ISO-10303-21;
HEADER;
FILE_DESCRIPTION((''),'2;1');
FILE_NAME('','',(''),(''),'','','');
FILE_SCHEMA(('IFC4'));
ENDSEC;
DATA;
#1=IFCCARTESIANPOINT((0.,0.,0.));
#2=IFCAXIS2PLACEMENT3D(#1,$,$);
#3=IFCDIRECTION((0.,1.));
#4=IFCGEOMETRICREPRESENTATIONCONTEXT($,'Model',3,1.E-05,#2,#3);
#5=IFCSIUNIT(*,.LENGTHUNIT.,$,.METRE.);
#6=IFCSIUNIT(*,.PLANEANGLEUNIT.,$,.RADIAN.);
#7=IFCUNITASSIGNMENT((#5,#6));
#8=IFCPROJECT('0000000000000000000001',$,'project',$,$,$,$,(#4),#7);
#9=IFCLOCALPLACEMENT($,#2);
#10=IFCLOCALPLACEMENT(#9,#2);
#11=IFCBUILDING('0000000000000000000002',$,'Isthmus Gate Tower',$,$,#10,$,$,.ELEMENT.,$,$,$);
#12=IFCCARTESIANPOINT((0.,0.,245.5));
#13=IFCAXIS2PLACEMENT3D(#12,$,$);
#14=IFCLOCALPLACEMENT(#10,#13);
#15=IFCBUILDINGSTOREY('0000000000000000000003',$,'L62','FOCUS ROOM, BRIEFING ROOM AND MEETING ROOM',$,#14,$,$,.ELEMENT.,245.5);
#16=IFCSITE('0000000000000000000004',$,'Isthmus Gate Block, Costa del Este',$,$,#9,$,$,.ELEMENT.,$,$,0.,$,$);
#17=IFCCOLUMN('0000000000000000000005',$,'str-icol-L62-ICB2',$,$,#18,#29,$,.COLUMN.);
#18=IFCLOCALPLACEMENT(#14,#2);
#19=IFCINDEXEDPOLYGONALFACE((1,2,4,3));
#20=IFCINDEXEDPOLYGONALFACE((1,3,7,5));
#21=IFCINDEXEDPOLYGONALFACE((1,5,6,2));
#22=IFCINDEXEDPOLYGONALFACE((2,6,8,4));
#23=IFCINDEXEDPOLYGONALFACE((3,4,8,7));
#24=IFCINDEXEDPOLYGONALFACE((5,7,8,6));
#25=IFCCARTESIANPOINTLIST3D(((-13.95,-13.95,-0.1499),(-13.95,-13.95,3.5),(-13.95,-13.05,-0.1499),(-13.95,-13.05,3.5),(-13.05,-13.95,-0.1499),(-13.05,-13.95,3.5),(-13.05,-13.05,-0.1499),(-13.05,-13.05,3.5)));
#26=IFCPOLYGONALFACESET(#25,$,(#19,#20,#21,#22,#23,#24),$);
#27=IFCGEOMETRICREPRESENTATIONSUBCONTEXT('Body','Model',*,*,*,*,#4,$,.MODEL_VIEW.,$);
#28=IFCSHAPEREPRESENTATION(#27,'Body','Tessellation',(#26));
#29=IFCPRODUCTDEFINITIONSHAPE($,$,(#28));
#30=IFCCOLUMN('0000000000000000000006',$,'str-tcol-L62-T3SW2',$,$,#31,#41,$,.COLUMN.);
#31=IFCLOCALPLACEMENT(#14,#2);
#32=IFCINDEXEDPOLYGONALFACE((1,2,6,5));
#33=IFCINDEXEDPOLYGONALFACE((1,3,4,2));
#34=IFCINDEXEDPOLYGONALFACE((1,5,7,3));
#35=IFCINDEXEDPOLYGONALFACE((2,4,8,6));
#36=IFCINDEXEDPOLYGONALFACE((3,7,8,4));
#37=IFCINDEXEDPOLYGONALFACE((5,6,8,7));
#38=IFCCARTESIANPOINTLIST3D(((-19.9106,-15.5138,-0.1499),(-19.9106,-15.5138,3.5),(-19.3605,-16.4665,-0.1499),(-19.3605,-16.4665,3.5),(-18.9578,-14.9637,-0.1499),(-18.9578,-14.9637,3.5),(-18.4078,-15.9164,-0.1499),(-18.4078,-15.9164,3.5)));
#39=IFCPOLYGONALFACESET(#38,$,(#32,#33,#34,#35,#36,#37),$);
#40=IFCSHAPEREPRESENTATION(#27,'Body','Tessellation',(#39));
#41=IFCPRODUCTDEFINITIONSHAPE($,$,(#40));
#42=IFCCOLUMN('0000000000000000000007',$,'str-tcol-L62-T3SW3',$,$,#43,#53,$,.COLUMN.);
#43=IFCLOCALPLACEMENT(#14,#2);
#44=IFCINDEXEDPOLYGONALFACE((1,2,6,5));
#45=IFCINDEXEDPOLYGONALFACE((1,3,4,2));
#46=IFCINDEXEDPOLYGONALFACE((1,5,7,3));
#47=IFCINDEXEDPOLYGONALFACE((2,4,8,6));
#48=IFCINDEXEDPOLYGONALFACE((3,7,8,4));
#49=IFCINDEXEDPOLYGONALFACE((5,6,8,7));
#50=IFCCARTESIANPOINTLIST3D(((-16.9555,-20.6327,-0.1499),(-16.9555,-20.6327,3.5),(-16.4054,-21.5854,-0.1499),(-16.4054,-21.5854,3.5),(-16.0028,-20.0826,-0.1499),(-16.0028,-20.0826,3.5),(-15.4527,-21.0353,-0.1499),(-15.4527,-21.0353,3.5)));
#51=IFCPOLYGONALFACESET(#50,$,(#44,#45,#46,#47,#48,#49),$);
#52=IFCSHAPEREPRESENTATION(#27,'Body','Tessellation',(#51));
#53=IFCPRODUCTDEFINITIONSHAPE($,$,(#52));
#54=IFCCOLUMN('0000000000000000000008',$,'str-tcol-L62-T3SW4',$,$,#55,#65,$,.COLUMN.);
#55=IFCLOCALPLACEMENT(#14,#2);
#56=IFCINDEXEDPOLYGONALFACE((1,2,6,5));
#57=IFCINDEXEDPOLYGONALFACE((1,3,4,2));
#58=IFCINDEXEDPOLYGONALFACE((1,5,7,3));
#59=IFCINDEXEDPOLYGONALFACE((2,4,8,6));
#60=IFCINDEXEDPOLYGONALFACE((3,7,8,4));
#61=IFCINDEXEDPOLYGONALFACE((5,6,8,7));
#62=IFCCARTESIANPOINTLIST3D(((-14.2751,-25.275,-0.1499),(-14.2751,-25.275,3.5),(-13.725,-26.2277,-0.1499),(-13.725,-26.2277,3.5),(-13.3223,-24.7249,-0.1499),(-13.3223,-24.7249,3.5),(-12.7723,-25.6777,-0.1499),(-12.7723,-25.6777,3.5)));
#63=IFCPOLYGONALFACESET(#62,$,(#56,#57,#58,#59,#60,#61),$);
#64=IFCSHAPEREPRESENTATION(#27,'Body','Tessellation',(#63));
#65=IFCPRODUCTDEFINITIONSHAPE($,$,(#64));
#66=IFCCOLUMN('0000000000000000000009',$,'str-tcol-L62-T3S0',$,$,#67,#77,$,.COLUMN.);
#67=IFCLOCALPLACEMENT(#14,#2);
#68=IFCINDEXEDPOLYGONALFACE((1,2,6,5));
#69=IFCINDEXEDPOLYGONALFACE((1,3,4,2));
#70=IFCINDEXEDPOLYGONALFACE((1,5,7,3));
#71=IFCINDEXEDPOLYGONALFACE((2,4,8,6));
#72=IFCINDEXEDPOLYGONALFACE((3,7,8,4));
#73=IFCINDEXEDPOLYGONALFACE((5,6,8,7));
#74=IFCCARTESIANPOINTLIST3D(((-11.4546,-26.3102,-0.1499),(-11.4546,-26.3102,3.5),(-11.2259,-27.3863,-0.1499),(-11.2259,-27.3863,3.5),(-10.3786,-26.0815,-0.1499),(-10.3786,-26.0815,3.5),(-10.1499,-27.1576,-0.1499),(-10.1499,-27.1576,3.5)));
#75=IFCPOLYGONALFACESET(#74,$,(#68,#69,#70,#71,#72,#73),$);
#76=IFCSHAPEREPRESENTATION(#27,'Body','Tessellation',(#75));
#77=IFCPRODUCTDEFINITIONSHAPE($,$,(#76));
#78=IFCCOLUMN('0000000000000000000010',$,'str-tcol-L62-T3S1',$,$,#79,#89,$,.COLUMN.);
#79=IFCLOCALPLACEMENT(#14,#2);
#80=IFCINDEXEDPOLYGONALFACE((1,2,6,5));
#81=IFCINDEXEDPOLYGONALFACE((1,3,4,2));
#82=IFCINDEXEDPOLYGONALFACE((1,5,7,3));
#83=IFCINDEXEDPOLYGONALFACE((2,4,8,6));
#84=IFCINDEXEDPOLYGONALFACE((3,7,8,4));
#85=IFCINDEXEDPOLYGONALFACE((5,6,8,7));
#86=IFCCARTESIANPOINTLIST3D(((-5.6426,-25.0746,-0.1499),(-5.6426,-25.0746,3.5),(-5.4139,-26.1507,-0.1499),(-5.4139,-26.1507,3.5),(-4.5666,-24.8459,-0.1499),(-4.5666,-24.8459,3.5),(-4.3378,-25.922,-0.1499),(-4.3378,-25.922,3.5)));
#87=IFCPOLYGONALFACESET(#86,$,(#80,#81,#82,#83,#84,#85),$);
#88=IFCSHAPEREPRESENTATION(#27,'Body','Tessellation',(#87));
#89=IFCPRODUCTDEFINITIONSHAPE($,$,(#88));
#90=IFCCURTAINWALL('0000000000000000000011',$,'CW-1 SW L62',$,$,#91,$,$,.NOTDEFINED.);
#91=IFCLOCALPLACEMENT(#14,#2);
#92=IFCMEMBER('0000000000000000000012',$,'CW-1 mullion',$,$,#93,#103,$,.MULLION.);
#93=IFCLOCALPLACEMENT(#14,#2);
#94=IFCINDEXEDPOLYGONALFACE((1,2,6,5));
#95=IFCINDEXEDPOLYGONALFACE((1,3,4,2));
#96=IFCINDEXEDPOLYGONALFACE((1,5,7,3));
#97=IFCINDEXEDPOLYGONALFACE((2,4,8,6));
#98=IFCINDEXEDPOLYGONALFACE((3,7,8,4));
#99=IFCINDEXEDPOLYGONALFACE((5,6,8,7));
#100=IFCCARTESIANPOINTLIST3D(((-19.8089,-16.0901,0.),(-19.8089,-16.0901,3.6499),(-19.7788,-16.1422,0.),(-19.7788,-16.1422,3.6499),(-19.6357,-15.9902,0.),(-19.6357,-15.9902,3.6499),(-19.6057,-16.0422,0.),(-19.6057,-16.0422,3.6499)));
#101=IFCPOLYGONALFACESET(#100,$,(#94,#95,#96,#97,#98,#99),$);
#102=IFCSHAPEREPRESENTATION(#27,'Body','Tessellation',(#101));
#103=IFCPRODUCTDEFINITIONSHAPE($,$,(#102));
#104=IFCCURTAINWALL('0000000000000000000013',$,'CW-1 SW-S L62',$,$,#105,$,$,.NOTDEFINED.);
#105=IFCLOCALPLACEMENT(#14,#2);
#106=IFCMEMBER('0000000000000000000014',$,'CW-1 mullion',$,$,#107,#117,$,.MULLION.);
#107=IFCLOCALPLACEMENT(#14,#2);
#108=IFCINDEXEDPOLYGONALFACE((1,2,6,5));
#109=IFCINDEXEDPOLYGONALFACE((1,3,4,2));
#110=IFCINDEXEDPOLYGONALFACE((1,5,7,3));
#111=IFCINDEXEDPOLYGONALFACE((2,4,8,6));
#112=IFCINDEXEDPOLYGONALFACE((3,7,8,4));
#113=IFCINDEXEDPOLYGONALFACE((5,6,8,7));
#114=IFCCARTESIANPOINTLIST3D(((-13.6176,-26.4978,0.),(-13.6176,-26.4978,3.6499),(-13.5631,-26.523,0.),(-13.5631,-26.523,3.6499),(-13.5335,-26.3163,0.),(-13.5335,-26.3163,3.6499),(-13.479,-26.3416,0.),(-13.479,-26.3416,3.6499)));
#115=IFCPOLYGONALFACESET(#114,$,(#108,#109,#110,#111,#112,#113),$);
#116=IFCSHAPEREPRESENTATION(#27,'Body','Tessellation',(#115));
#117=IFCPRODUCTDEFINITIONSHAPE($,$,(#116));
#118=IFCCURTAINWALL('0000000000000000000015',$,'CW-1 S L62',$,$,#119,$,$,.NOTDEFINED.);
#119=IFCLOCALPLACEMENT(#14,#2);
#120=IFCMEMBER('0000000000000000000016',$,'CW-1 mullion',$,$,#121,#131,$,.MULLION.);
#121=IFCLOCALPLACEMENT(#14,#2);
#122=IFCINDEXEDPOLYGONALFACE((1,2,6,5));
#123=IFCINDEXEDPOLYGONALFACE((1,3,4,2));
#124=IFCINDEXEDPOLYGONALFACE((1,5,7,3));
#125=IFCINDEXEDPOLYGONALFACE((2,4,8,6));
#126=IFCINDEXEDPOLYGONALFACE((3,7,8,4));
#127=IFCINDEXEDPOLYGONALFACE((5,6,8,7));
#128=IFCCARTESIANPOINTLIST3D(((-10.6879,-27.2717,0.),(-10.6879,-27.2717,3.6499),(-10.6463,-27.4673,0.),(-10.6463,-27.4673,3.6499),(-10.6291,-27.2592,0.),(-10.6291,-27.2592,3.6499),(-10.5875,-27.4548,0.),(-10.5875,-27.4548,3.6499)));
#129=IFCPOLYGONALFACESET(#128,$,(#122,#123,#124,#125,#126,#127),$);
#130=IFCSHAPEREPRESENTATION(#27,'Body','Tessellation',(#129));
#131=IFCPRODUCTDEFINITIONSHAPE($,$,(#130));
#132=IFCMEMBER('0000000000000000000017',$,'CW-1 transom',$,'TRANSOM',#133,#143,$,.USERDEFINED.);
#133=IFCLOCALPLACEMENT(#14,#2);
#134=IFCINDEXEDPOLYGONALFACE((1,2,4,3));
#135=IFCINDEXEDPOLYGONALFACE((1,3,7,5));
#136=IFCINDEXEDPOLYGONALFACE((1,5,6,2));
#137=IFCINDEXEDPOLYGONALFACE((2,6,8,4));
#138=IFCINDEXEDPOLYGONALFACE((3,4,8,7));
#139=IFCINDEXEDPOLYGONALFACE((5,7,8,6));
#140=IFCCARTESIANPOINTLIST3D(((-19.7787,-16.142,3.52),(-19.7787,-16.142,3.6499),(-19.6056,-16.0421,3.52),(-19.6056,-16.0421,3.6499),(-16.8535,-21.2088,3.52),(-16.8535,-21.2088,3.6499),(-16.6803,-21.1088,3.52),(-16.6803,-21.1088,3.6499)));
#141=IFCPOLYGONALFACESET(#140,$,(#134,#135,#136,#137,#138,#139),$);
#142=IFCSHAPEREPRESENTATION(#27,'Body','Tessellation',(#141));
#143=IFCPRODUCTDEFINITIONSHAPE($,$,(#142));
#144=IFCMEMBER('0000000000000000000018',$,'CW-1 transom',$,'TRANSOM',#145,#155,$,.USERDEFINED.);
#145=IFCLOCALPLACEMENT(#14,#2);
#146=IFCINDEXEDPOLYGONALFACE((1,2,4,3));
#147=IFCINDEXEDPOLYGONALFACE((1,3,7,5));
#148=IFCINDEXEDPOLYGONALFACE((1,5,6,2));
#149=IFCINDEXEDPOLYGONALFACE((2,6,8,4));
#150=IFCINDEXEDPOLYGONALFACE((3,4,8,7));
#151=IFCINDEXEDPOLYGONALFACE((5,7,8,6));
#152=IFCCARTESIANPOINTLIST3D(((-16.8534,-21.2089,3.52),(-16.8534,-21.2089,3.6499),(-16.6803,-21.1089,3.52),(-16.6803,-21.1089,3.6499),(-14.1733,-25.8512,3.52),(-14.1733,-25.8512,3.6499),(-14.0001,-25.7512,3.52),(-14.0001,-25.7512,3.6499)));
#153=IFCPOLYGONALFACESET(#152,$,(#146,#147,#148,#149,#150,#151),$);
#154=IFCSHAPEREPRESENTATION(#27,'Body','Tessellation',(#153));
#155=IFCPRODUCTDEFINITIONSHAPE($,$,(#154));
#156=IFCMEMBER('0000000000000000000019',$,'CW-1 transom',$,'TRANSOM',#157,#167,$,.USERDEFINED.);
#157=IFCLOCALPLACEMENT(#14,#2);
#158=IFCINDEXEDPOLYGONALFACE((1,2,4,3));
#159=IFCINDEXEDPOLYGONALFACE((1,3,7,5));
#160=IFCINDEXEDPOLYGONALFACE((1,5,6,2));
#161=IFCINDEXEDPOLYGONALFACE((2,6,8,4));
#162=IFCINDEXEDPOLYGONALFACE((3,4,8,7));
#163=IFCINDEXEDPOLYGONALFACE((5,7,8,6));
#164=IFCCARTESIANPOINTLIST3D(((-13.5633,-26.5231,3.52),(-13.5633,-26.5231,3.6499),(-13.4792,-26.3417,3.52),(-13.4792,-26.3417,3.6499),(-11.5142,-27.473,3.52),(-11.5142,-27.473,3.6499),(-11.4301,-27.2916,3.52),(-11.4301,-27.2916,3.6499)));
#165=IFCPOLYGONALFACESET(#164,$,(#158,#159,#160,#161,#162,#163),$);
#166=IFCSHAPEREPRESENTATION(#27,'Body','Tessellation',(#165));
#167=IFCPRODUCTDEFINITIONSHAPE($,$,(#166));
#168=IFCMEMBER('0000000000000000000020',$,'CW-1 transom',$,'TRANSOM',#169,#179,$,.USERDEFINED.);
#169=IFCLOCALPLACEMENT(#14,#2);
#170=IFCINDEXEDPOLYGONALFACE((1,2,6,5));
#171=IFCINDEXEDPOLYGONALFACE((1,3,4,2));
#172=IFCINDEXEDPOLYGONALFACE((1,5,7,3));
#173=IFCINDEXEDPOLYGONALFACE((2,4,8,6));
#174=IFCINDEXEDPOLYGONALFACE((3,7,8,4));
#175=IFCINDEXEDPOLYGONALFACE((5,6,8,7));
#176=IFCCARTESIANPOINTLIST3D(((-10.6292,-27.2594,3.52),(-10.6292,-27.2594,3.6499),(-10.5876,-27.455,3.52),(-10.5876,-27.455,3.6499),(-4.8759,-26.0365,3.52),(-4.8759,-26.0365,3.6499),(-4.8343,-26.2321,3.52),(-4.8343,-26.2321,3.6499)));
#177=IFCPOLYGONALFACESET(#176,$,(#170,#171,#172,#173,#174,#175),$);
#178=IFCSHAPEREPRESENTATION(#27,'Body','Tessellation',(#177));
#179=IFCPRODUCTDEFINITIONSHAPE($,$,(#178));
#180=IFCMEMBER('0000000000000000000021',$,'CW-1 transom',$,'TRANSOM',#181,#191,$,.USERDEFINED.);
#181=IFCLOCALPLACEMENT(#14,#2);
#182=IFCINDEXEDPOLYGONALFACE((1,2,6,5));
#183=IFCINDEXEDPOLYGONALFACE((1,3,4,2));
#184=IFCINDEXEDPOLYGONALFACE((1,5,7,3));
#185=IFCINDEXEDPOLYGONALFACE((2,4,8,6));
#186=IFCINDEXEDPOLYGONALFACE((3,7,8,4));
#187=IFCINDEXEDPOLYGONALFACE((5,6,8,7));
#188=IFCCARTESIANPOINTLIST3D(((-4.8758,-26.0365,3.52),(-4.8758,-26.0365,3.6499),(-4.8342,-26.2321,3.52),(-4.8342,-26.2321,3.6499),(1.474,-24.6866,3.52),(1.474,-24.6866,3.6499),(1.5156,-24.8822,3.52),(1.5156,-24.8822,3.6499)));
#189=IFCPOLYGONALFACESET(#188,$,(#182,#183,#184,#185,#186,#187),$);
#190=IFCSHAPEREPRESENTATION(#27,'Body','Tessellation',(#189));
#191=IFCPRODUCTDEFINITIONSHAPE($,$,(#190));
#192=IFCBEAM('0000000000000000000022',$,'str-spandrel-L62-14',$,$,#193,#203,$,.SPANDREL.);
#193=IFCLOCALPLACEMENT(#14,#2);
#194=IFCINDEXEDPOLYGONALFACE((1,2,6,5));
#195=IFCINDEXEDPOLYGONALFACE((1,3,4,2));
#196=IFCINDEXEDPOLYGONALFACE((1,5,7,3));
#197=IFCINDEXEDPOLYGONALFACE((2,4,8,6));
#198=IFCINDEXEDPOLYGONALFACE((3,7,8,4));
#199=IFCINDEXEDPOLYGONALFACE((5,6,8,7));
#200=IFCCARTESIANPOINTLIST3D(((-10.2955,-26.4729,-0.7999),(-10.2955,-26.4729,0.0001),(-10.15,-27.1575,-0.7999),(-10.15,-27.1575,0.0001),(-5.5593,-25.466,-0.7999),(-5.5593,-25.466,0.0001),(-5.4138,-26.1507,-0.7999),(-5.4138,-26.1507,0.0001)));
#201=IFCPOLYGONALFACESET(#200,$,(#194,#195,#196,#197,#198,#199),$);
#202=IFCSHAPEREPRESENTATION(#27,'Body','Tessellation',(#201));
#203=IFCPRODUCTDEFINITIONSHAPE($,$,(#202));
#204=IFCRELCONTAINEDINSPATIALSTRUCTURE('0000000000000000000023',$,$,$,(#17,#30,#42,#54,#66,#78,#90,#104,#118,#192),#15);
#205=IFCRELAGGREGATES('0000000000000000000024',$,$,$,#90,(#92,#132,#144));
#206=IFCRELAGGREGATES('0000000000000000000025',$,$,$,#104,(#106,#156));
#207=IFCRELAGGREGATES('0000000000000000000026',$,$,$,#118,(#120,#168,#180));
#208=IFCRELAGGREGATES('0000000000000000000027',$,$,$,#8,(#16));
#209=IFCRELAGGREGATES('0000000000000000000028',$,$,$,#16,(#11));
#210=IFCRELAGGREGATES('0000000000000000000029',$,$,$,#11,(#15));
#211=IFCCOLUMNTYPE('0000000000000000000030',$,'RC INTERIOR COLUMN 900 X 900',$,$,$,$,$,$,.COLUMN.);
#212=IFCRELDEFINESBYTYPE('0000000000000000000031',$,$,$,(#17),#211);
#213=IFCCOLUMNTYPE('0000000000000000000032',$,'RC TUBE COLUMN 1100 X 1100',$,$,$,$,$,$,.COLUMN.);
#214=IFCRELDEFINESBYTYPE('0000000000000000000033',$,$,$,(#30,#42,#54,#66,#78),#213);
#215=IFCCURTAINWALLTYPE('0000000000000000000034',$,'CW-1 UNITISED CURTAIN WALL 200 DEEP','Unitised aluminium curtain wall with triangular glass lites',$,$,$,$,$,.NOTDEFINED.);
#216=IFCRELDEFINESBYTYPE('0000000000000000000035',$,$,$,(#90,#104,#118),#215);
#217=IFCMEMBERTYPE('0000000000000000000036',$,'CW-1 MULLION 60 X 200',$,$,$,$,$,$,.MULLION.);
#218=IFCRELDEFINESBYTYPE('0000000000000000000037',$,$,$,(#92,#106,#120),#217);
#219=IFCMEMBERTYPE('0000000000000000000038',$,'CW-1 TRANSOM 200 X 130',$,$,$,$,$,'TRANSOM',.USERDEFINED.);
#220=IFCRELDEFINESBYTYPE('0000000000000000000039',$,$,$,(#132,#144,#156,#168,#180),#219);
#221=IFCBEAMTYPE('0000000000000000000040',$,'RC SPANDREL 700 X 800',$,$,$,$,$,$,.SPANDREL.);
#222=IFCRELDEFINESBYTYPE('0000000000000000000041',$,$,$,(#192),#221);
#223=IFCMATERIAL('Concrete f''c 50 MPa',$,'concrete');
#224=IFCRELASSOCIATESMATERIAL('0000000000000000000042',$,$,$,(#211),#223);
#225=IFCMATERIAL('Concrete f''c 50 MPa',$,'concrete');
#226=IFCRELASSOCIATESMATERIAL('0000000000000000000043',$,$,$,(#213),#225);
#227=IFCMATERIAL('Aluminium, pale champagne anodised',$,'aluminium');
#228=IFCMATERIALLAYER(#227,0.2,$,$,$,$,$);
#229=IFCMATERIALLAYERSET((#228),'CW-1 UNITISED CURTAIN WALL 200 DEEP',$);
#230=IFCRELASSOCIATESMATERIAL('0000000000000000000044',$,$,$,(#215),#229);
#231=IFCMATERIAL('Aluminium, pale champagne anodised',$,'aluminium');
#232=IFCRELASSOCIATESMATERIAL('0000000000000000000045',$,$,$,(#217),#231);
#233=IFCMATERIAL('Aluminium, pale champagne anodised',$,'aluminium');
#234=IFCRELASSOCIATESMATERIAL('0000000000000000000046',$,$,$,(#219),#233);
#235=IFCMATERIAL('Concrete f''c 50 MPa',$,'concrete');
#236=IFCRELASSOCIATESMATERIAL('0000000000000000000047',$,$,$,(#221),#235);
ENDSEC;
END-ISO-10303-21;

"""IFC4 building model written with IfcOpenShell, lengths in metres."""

from ifc_helpers import new_model, si_unit, direction, frame, origin, origin_2d, place, context, subcontext, project, spatial, rectangle, extrude, material, layer, layer_set, material_profile, profile_set, type_object, element, aggregate, save


model = new_model("IFC4")

# Units and contexts
model_context = context("Model", 3, precision=1e-05, world=origin(), true_north=direction((0.0, 1.0)))
body_context = subcontext(model_context, "Body", "Model", "MODEL_VIEW")
ifc_project = project(units=[si_unit("LENGTHUNIT", "METRE"), si_unit("PLANEANGLEUNIT", "RADIAN")], contexts=[model_context])

# Site, building, storey
site_placement = place(None, origin())
site = spatial("IfcSite", under=ifc_project, at=site_placement, Name="Isthmus Gate Block, Costa del Este", CompositionType="ELEMENT", RefElevation=0.0)
building_placement = place(site_placement, origin())
building = spatial("IfcBuilding", under=site, at=building_placement, Name="Isthmus Gate Tower", CompositionType="ELEMENT")
storey_placement = place(building_placement, frame((0.0, 0.0, 245.5)))
storey = spatial("IfcBuildingStorey", under=building, at=storey_placement, Name="L62", Description="FOCUS ROOM, BRIEFING ROOM AND MEETING ROOM", CompositionType="ELEMENT", Elevation=245.5)

# Columns
ifc_material_1 = material(Name="Concrete f'c 50 MPa", Category="concrete")
ifc_material_profile_1 = material_profile(ifc_material_1, rectangle(XDim=0.8999, YDim=0.8999, at=origin_2d()), Name="RC 900X900")
ifc_profile_set_1 = profile_set([ifc_material_profile_1], Name="Concrete f'c 50 MPa")
column_type_1 = type_object("IfcColumnType", Name="RC INTERIOR COLUMN 900 X 900", PredefinedType="COLUMN", material=ifc_profile_set_1)
column_placement = place(storey_placement, frame((-13.5, -13.5, -0.1499), z_axis=(0.0, 0.0, 1.0), x_axis=(1.0, 0.0, 0.0)))
element("IfcColumn", 1, at=column_placement, inside=storey, type_object=column_type_1, Name="str-icol-L62-ICB2", PredefinedType="COLUMN", context=body_context, shape_type="SweptSolid", body=[
    extrude(rectangle(XDim=0.8999, YDim=0.8999, at=origin_2d()), origin(), (0.0, 0.0, 1.0), 3.6499),
])
ifc_material_2 = material(Name="Concrete f'c 50 MPa", Category="concrete")
ifc_material_profile_2 = material_profile(ifc_material_2, rectangle(XDim=1.1001, YDim=1.1001, at=origin_2d()), Name="RC 1100X1100")
ifc_profile_set_2 = profile_set([ifc_material_profile_2], Name="Concrete f'c 50 MPa")
column_type_2 = type_object("IfcColumnType", Name="RC TUBE COLUMN 1100 X 1100", PredefinedType="COLUMN", material=ifc_profile_set_2)
for number, where, z_axis, x_axis, name in (
    (2, (-19.1592, -15.7151, -0.1499), (0.0, 0.0, 1.0), (0.5, -0.866025, 0.0), "str-tcol-L62-T3SW2"),
    (3, (-16.2041, -20.834, -0.1499), (0.0, 0.0, 1.0), (0.5, -0.866025, 0.0), "str-tcol-L62-T3SW3"),
    (4, (-13.5237, -25.4763, -0.1499), (0.0, 0.0, 1.0), (0.5, -0.866025, 0.0), "str-tcol-L62-T3SW4"),
    (5, (-10.8022, -26.7339, -0.1499), (0.0, 0.0, 1.0), (0.978148, 0.207912, 0.0), "str-tcol-L62-T3S0"),
    (6, (-4.9902, -25.4983, -0.1499), (0.0, 0.0, 1.0), (0.978148, 0.207912, 0.0), "str-tcol-L62-T3S1"),
):
    element("IfcColumn", number, at=place(storey_placement, frame(where, z_axis=z_axis, x_axis=x_axis)), inside=storey, type_object=column_type_2, Name=name, PredefinedType="COLUMN", context=body_context, shape_type="SweptSolid", body=[
        extrude(rectangle(XDim=1.1001, YDim=1.1001, at=origin_2d()), origin(), (0.0, 0.0, 1.0), 3.6499),
    ])

# Curtain walls, members
ifc_material_3 = material(Name="Aluminium, pale champagne anodised", Category="aluminium")
ifc_layer_1 = layer(ifc_material_3, 0.2)
ifc_layer_set_1 = layer_set([ifc_layer_1], Name="CW-1 UNITISED CURTAIN WALL 200 DEEP")
curtain_wall_type = type_object("IfcCurtainWallType", Name="CW-1 UNITISED CURTAIN WALL 200 DEEP", Description="Unitised aluminium curtain wall with triangular glass lites", PredefinedType="NOTDEFINED", material=ifc_layer_set_1)
curtain_wall_1_placement = place(storey_placement, origin())
curtain_wall_1 = element("IfcCurtainWall", 7, at=curtain_wall_1_placement, inside=storey, type_object=curtain_wall_type, Name="CW-1 SW L62", PredefinedType="NOTDEFINED")
ifc_material_4 = material(Name="Aluminium, pale champagne anodised", Category="aluminium")
ifc_material_profile_3 = material_profile(ifc_material_4, rectangle(XDim=0.0601, YDim=0.2, at=origin_2d()), Name="60x200")
ifc_profile_set_3 = profile_set([ifc_material_profile_3], Name="Aluminium, pale champagne anodised")
member_type_1 = type_object("IfcMemberType", Name="CW-1 MULLION 60 X 200", PredefinedType="MULLION", material=ifc_profile_set_3)
member_1_placement = place(storey_placement, frame((-19.7073, -16.0662, 0.0), z_axis=(0.0, 0.0, 1.0), x_axis=(0.5, -0.866025, 0.0)))
member_1 = element("IfcMember", 8, at=member_1_placement, type_object=member_type_1, Name="CW-1 mullion", PredefinedType="MULLION", context=body_context, shape_type="SweptSolid", body=[
    extrude(rectangle(XDim=0.0601, YDim=0.2, at=origin_2d()), origin(), (0.0, 0.0, 1.0), 3.6499),
])
curtain_wall_2_placement = place(storey_placement, origin())
curtain_wall_2 = element("IfcCurtainWall", 9, at=curtain_wall_2_placement, inside=storey, type_object=curtain_wall_type, Name="CW-1 SW-S L62", PredefinedType="NOTDEFINED")
member_2_placement = place(storey_placement, frame((-13.5483, -26.4197, 0.0), z_axis=(0.0, 0.0, 1.0), x_axis=(0.907256, -0.420578, 0.0)))
member_2 = element("IfcMember", 10, at=member_2_placement, type_object=member_type_1, Name="CW-1 mullion", PredefinedType="MULLION", context=body_context, shape_type="SweptSolid", body=[
    extrude(rectangle(XDim=0.0601, YDim=0.2, at=origin_2d()), origin(), (0.0, 0.0, 1.0), 3.6499),
])
curtain_wall_3_placement = place(storey_placement, origin())
curtain_wall_3 = element("IfcCurtainWall", 11, at=curtain_wall_3_placement, inside=storey, type_object=curtain_wall_type, Name="CW-1 S L62", PredefinedType="NOTDEFINED")
member_3_placement = place(storey_placement, frame((-10.6377, -27.3633, 0.0), z_axis=(0.0, 0.0, 1.0), x_axis=(0.978148, 0.207912, 0.0)))
member_3 = element("IfcMember", 12, at=member_3_placement, type_object=member_type_1, Name="CW-1 mullion", PredefinedType="MULLION", context=body_context, shape_type="SweptSolid", body=[
    extrude(rectangle(XDim=0.0601, YDim=0.2, at=origin_2d()), origin(), (0.0, 0.0, 1.0), 3.6499),
])

# Members
ifc_material_5 = material(Name="Aluminium, pale champagne anodised", Category="aluminium")
ifc_material_profile_4 = material_profile(ifc_material_5, rectangle(XDim=0.2, YDim=0.1299, at=origin_2d()), Name="200x130")
ifc_profile_set_4 = profile_set([ifc_material_profile_4], Name="Aluminium, pale champagne anodised")
member_type_2 = type_object("IfcMemberType", Name="CW-1 TRANSOM 200 X 130", ElementType="TRANSOM", PredefinedType="USERDEFINED", material=ifc_profile_set_4)
member_4_placement = place(storey_placement, frame((-19.6921, -16.092, 3.585), z_axis=(0.49999, -0.866031, 0.0), x_axis=(0.866031, 0.49999, 0.0)))
member_4 = element("IfcMember", 13, at=member_4_placement, type_object=member_type_2, Name="CW-1 transom", ObjectType="TRANSOM", PredefinedType="USERDEFINED", context=body_context, shape_type="SweptSolid", body=[
    extrude(rectangle(XDim=0.2, YDim=0.1299, at=origin_2d()), origin(), (0.0, 0.0, 1.0), 5.8506),
])
member_5_placement = place(storey_placement, frame((-16.7668, -21.1589, 3.585), z_axis=(0.499989, -0.866032, 0.0), x_axis=(0.866032, 0.499989, 0.0)))
member_5 = element("IfcMember", 14, at=member_5_placement, type_object=member_type_2, Name="CW-1 transom", ObjectType="TRANSOM", PredefinedType="USERDEFINED", context=body_context, shape_type="SweptSolid", body=[
    extrude(rectangle(XDim=0.2, YDim=0.1299, at=origin_2d()), origin(), (0.0, 0.0, 1.0), 5.3604),
])
member_6_placement = place(storey_placement, frame((-13.5212, -26.4324, 3.585), z_axis=(0.907246, -0.4206, 0.0), x_axis=(0.4206, 0.907246, 0.0)))
member_6 = element("IfcMember", 15, at=member_6_placement, type_object=member_type_2, Name="CW-1 transom", ObjectType="TRANSOM", PredefinedType="USERDEFINED", context=body_context, shape_type="SweptSolid", body=[
    extrude(rectangle(XDim=0.2, YDim=0.1299, at=origin_2d()), origin(), (0.0, 0.0, 1.0), 2.2585),
])
member_7_placement = place(storey_placement, frame((-10.6084, -27.3572, 3.585), z_axis=(0.978149, 0.207907, 0.0), x_axis=(-0.207907, 0.978149, 0.0)))
member_7 = element("IfcMember", 16, at=member_7_placement, type_object=member_type_2, Name="CW-1 transom", ObjectType="TRANSOM", PredefinedType="USERDEFINED", context=body_context, shape_type="SweptSolid", body=[
    extrude(rectangle(XDim=0.2, YDim=0.1299, at=origin_2d()), origin(), (0.0, 0.0, 1.0), 5.8818),
])
member_8_placement = place(storey_placement, frame((-4.855, -26.1343, 3.585), z_axis=(0.978143, 0.207934, 0.0), x_axis=(-0.207934, 0.978143, 0.0)))
member_8 = element("IfcMember", 17, at=member_8_placement, type_object=member_type_2, Name="CW-1 transom", ObjectType="TRANSOM", PredefinedType="USERDEFINED", context=body_context, shape_type="SweptSolid", body=[
    extrude(rectangle(XDim=0.2, YDim=0.1299, at=origin_2d()), origin(), (0.0, 0.0, 1.0), 6.4917),
])

# Beam
ifc_material_6 = material(Name="Concrete f'c 50 MPa", Category="concrete")
ifc_material_profile_5 = material_profile(ifc_material_6, rectangle(XDim=0.7, YDim=0.8, at=origin_2d()), Name="RC 700X800")
ifc_profile_set_5 = profile_set([ifc_material_profile_5], Name="Concrete f'c 50 MPa")
beam_type_1 = type_object("IfcBeamType", Name="RC SPANDREL 700 X 800", PredefinedType="SPANDREL", material=ifc_profile_set_5)
beam_1_placement = place(storey_placement, frame((-5.4866, -25.8083, -0.3999), z_axis=(-0.978141, -0.207941, 0.0), x_axis=(0.207941, -0.978141, 0.0)))
element("IfcBeam", 18, at=beam_1_placement, inside=storey, type_object=beam_type_1, Name="str-spandrel-L62-14", PredefinedType="SPANDREL", context=body_context, shape_type="SweptSolid", body=[
    extrude(rectangle(XDim=0.7, YDim=0.8, at=origin_2d()), origin(), (0.0, 0.0, 1.0), 4.842),
])

aggregate(curtain_wall_1, [member_1, member_4, member_5])
aggregate(curtain_wall_2, [member_2, member_6])

aggregate(curtain_wall_3, [member_3, member_7, member_8])

save(model, "model.ifc")
